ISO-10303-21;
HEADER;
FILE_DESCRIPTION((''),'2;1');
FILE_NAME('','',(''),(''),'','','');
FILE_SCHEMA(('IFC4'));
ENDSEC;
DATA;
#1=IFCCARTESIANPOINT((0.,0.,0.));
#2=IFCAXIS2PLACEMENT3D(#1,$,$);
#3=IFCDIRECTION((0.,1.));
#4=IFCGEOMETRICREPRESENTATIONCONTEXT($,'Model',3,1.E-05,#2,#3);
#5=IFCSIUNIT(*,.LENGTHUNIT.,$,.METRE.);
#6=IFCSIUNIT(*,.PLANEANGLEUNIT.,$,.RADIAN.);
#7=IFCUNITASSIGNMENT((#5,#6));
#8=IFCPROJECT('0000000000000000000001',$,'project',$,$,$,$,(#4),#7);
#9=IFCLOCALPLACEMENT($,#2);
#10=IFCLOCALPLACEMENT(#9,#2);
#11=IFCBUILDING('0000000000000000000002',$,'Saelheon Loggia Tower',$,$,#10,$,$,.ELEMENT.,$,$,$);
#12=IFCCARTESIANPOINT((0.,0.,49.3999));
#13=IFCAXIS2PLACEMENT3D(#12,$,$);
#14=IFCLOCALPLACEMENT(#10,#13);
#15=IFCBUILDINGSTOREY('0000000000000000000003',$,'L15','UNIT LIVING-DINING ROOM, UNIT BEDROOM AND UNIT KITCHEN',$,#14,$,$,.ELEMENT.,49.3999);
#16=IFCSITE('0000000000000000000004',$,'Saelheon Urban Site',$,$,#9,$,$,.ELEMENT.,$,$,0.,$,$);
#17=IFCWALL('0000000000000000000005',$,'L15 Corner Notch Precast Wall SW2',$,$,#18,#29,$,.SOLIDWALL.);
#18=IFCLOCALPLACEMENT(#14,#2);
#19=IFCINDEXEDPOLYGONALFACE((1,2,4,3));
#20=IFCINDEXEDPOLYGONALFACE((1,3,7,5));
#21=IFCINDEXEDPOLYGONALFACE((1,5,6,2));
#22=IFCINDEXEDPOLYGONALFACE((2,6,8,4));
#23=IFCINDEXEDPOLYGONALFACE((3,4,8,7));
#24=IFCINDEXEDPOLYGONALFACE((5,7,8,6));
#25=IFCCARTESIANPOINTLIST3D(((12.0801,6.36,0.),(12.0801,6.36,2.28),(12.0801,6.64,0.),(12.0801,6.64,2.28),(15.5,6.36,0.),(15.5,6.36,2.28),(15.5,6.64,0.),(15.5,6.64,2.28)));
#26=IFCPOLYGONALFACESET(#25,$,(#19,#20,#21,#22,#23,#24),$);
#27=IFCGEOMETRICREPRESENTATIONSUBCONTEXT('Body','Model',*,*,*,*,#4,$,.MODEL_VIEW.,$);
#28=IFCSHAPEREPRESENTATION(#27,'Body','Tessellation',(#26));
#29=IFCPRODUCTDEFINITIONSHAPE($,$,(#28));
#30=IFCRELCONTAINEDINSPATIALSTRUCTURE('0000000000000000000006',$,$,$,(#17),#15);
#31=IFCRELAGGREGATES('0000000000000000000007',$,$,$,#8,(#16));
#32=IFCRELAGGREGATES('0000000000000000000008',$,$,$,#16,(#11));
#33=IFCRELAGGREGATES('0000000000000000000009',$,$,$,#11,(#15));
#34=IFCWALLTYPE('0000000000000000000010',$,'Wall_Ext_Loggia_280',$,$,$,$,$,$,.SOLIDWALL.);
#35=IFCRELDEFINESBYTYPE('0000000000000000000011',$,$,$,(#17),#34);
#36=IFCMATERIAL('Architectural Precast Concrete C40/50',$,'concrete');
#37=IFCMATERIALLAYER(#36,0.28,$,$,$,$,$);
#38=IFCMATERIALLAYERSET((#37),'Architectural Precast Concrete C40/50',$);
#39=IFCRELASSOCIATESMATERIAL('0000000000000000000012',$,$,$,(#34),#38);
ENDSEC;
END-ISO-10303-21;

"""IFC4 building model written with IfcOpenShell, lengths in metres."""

from ifc_helpers import new_model, si_unit, direction, frame, frame_2d, origin, place, context, subcontext, project, spatial, rectangle, extrude, material, layer, layer_set, type_object, element, save


model = new_model("IFC4")

# Units and contexts
model_context = context("Model", 3, precision=1e-05, world=origin(), true_north=direction((0.0, 1.0)))
body_context = subcontext(model_context, "Body", "Model", "MODEL_VIEW")
ifc_project = project(units=[si_unit("LENGTHUNIT", "METRE"), si_unit("PLANEANGLEUNIT", "RADIAN")], contexts=[model_context])

# Site, building, storey
site_placement = place(None, origin())
site = spatial("IfcSite", under=ifc_project, at=site_placement, Name="Saelheon Urban Site", CompositionType="ELEMENT", RefElevation=0.0)
building_placement = place(site_placement, origin())
building = spatial("IfcBuilding", under=site, at=building_placement, Name="Saelheon Loggia Tower", CompositionType="ELEMENT")
storey_placement = place(building_placement, frame((0.0, 0.0, 49.3999)))
storey = spatial("IfcBuildingStorey", under=building, at=storey_placement, Name="L15", Description="UNIT LIVING-DINING ROOM, UNIT BEDROOM AND UNIT KITCHEN", CompositionType="ELEMENT", Elevation=49.3999)

# Shared definitions
ifc_material_1 = material(Name="Architectural Precast Concrete C40/50", Category="concrete")
ifc_layer = layer(ifc_material_1, 0.28)
ifc_layer_set = layer_set([ifc_layer], Name="Architectural Precast Concrete C40/50")
wall_type = type_object("IfcWallType", Name="Wall_Ext_Loggia_280", PredefinedType="SOLIDWALL", material=ifc_layer_set)

# Wall
wall_1_placement = place(storey_placement, frame((12.0801, 6.5, 0.0), z_axis=(0.0, 0.0, 1.0), x_axis=(1.0, 0.0, 0.0)))
element("IfcWall", 1, at=wall_1_placement, inside=storey, type_object=wall_type, Name="L15 Corner Notch Precast Wall SW2", PredefinedType="SOLIDWALL", context=body_context, shape_type="SweptSolid", body=[
    extrude(rectangle(XDim=3.4199, YDim=0.28, at=frame_2d((1.71, 0.0))), origin(), (0.0, 0.0, 1.0), 2.28),
])

save(model, "model.ifc")
